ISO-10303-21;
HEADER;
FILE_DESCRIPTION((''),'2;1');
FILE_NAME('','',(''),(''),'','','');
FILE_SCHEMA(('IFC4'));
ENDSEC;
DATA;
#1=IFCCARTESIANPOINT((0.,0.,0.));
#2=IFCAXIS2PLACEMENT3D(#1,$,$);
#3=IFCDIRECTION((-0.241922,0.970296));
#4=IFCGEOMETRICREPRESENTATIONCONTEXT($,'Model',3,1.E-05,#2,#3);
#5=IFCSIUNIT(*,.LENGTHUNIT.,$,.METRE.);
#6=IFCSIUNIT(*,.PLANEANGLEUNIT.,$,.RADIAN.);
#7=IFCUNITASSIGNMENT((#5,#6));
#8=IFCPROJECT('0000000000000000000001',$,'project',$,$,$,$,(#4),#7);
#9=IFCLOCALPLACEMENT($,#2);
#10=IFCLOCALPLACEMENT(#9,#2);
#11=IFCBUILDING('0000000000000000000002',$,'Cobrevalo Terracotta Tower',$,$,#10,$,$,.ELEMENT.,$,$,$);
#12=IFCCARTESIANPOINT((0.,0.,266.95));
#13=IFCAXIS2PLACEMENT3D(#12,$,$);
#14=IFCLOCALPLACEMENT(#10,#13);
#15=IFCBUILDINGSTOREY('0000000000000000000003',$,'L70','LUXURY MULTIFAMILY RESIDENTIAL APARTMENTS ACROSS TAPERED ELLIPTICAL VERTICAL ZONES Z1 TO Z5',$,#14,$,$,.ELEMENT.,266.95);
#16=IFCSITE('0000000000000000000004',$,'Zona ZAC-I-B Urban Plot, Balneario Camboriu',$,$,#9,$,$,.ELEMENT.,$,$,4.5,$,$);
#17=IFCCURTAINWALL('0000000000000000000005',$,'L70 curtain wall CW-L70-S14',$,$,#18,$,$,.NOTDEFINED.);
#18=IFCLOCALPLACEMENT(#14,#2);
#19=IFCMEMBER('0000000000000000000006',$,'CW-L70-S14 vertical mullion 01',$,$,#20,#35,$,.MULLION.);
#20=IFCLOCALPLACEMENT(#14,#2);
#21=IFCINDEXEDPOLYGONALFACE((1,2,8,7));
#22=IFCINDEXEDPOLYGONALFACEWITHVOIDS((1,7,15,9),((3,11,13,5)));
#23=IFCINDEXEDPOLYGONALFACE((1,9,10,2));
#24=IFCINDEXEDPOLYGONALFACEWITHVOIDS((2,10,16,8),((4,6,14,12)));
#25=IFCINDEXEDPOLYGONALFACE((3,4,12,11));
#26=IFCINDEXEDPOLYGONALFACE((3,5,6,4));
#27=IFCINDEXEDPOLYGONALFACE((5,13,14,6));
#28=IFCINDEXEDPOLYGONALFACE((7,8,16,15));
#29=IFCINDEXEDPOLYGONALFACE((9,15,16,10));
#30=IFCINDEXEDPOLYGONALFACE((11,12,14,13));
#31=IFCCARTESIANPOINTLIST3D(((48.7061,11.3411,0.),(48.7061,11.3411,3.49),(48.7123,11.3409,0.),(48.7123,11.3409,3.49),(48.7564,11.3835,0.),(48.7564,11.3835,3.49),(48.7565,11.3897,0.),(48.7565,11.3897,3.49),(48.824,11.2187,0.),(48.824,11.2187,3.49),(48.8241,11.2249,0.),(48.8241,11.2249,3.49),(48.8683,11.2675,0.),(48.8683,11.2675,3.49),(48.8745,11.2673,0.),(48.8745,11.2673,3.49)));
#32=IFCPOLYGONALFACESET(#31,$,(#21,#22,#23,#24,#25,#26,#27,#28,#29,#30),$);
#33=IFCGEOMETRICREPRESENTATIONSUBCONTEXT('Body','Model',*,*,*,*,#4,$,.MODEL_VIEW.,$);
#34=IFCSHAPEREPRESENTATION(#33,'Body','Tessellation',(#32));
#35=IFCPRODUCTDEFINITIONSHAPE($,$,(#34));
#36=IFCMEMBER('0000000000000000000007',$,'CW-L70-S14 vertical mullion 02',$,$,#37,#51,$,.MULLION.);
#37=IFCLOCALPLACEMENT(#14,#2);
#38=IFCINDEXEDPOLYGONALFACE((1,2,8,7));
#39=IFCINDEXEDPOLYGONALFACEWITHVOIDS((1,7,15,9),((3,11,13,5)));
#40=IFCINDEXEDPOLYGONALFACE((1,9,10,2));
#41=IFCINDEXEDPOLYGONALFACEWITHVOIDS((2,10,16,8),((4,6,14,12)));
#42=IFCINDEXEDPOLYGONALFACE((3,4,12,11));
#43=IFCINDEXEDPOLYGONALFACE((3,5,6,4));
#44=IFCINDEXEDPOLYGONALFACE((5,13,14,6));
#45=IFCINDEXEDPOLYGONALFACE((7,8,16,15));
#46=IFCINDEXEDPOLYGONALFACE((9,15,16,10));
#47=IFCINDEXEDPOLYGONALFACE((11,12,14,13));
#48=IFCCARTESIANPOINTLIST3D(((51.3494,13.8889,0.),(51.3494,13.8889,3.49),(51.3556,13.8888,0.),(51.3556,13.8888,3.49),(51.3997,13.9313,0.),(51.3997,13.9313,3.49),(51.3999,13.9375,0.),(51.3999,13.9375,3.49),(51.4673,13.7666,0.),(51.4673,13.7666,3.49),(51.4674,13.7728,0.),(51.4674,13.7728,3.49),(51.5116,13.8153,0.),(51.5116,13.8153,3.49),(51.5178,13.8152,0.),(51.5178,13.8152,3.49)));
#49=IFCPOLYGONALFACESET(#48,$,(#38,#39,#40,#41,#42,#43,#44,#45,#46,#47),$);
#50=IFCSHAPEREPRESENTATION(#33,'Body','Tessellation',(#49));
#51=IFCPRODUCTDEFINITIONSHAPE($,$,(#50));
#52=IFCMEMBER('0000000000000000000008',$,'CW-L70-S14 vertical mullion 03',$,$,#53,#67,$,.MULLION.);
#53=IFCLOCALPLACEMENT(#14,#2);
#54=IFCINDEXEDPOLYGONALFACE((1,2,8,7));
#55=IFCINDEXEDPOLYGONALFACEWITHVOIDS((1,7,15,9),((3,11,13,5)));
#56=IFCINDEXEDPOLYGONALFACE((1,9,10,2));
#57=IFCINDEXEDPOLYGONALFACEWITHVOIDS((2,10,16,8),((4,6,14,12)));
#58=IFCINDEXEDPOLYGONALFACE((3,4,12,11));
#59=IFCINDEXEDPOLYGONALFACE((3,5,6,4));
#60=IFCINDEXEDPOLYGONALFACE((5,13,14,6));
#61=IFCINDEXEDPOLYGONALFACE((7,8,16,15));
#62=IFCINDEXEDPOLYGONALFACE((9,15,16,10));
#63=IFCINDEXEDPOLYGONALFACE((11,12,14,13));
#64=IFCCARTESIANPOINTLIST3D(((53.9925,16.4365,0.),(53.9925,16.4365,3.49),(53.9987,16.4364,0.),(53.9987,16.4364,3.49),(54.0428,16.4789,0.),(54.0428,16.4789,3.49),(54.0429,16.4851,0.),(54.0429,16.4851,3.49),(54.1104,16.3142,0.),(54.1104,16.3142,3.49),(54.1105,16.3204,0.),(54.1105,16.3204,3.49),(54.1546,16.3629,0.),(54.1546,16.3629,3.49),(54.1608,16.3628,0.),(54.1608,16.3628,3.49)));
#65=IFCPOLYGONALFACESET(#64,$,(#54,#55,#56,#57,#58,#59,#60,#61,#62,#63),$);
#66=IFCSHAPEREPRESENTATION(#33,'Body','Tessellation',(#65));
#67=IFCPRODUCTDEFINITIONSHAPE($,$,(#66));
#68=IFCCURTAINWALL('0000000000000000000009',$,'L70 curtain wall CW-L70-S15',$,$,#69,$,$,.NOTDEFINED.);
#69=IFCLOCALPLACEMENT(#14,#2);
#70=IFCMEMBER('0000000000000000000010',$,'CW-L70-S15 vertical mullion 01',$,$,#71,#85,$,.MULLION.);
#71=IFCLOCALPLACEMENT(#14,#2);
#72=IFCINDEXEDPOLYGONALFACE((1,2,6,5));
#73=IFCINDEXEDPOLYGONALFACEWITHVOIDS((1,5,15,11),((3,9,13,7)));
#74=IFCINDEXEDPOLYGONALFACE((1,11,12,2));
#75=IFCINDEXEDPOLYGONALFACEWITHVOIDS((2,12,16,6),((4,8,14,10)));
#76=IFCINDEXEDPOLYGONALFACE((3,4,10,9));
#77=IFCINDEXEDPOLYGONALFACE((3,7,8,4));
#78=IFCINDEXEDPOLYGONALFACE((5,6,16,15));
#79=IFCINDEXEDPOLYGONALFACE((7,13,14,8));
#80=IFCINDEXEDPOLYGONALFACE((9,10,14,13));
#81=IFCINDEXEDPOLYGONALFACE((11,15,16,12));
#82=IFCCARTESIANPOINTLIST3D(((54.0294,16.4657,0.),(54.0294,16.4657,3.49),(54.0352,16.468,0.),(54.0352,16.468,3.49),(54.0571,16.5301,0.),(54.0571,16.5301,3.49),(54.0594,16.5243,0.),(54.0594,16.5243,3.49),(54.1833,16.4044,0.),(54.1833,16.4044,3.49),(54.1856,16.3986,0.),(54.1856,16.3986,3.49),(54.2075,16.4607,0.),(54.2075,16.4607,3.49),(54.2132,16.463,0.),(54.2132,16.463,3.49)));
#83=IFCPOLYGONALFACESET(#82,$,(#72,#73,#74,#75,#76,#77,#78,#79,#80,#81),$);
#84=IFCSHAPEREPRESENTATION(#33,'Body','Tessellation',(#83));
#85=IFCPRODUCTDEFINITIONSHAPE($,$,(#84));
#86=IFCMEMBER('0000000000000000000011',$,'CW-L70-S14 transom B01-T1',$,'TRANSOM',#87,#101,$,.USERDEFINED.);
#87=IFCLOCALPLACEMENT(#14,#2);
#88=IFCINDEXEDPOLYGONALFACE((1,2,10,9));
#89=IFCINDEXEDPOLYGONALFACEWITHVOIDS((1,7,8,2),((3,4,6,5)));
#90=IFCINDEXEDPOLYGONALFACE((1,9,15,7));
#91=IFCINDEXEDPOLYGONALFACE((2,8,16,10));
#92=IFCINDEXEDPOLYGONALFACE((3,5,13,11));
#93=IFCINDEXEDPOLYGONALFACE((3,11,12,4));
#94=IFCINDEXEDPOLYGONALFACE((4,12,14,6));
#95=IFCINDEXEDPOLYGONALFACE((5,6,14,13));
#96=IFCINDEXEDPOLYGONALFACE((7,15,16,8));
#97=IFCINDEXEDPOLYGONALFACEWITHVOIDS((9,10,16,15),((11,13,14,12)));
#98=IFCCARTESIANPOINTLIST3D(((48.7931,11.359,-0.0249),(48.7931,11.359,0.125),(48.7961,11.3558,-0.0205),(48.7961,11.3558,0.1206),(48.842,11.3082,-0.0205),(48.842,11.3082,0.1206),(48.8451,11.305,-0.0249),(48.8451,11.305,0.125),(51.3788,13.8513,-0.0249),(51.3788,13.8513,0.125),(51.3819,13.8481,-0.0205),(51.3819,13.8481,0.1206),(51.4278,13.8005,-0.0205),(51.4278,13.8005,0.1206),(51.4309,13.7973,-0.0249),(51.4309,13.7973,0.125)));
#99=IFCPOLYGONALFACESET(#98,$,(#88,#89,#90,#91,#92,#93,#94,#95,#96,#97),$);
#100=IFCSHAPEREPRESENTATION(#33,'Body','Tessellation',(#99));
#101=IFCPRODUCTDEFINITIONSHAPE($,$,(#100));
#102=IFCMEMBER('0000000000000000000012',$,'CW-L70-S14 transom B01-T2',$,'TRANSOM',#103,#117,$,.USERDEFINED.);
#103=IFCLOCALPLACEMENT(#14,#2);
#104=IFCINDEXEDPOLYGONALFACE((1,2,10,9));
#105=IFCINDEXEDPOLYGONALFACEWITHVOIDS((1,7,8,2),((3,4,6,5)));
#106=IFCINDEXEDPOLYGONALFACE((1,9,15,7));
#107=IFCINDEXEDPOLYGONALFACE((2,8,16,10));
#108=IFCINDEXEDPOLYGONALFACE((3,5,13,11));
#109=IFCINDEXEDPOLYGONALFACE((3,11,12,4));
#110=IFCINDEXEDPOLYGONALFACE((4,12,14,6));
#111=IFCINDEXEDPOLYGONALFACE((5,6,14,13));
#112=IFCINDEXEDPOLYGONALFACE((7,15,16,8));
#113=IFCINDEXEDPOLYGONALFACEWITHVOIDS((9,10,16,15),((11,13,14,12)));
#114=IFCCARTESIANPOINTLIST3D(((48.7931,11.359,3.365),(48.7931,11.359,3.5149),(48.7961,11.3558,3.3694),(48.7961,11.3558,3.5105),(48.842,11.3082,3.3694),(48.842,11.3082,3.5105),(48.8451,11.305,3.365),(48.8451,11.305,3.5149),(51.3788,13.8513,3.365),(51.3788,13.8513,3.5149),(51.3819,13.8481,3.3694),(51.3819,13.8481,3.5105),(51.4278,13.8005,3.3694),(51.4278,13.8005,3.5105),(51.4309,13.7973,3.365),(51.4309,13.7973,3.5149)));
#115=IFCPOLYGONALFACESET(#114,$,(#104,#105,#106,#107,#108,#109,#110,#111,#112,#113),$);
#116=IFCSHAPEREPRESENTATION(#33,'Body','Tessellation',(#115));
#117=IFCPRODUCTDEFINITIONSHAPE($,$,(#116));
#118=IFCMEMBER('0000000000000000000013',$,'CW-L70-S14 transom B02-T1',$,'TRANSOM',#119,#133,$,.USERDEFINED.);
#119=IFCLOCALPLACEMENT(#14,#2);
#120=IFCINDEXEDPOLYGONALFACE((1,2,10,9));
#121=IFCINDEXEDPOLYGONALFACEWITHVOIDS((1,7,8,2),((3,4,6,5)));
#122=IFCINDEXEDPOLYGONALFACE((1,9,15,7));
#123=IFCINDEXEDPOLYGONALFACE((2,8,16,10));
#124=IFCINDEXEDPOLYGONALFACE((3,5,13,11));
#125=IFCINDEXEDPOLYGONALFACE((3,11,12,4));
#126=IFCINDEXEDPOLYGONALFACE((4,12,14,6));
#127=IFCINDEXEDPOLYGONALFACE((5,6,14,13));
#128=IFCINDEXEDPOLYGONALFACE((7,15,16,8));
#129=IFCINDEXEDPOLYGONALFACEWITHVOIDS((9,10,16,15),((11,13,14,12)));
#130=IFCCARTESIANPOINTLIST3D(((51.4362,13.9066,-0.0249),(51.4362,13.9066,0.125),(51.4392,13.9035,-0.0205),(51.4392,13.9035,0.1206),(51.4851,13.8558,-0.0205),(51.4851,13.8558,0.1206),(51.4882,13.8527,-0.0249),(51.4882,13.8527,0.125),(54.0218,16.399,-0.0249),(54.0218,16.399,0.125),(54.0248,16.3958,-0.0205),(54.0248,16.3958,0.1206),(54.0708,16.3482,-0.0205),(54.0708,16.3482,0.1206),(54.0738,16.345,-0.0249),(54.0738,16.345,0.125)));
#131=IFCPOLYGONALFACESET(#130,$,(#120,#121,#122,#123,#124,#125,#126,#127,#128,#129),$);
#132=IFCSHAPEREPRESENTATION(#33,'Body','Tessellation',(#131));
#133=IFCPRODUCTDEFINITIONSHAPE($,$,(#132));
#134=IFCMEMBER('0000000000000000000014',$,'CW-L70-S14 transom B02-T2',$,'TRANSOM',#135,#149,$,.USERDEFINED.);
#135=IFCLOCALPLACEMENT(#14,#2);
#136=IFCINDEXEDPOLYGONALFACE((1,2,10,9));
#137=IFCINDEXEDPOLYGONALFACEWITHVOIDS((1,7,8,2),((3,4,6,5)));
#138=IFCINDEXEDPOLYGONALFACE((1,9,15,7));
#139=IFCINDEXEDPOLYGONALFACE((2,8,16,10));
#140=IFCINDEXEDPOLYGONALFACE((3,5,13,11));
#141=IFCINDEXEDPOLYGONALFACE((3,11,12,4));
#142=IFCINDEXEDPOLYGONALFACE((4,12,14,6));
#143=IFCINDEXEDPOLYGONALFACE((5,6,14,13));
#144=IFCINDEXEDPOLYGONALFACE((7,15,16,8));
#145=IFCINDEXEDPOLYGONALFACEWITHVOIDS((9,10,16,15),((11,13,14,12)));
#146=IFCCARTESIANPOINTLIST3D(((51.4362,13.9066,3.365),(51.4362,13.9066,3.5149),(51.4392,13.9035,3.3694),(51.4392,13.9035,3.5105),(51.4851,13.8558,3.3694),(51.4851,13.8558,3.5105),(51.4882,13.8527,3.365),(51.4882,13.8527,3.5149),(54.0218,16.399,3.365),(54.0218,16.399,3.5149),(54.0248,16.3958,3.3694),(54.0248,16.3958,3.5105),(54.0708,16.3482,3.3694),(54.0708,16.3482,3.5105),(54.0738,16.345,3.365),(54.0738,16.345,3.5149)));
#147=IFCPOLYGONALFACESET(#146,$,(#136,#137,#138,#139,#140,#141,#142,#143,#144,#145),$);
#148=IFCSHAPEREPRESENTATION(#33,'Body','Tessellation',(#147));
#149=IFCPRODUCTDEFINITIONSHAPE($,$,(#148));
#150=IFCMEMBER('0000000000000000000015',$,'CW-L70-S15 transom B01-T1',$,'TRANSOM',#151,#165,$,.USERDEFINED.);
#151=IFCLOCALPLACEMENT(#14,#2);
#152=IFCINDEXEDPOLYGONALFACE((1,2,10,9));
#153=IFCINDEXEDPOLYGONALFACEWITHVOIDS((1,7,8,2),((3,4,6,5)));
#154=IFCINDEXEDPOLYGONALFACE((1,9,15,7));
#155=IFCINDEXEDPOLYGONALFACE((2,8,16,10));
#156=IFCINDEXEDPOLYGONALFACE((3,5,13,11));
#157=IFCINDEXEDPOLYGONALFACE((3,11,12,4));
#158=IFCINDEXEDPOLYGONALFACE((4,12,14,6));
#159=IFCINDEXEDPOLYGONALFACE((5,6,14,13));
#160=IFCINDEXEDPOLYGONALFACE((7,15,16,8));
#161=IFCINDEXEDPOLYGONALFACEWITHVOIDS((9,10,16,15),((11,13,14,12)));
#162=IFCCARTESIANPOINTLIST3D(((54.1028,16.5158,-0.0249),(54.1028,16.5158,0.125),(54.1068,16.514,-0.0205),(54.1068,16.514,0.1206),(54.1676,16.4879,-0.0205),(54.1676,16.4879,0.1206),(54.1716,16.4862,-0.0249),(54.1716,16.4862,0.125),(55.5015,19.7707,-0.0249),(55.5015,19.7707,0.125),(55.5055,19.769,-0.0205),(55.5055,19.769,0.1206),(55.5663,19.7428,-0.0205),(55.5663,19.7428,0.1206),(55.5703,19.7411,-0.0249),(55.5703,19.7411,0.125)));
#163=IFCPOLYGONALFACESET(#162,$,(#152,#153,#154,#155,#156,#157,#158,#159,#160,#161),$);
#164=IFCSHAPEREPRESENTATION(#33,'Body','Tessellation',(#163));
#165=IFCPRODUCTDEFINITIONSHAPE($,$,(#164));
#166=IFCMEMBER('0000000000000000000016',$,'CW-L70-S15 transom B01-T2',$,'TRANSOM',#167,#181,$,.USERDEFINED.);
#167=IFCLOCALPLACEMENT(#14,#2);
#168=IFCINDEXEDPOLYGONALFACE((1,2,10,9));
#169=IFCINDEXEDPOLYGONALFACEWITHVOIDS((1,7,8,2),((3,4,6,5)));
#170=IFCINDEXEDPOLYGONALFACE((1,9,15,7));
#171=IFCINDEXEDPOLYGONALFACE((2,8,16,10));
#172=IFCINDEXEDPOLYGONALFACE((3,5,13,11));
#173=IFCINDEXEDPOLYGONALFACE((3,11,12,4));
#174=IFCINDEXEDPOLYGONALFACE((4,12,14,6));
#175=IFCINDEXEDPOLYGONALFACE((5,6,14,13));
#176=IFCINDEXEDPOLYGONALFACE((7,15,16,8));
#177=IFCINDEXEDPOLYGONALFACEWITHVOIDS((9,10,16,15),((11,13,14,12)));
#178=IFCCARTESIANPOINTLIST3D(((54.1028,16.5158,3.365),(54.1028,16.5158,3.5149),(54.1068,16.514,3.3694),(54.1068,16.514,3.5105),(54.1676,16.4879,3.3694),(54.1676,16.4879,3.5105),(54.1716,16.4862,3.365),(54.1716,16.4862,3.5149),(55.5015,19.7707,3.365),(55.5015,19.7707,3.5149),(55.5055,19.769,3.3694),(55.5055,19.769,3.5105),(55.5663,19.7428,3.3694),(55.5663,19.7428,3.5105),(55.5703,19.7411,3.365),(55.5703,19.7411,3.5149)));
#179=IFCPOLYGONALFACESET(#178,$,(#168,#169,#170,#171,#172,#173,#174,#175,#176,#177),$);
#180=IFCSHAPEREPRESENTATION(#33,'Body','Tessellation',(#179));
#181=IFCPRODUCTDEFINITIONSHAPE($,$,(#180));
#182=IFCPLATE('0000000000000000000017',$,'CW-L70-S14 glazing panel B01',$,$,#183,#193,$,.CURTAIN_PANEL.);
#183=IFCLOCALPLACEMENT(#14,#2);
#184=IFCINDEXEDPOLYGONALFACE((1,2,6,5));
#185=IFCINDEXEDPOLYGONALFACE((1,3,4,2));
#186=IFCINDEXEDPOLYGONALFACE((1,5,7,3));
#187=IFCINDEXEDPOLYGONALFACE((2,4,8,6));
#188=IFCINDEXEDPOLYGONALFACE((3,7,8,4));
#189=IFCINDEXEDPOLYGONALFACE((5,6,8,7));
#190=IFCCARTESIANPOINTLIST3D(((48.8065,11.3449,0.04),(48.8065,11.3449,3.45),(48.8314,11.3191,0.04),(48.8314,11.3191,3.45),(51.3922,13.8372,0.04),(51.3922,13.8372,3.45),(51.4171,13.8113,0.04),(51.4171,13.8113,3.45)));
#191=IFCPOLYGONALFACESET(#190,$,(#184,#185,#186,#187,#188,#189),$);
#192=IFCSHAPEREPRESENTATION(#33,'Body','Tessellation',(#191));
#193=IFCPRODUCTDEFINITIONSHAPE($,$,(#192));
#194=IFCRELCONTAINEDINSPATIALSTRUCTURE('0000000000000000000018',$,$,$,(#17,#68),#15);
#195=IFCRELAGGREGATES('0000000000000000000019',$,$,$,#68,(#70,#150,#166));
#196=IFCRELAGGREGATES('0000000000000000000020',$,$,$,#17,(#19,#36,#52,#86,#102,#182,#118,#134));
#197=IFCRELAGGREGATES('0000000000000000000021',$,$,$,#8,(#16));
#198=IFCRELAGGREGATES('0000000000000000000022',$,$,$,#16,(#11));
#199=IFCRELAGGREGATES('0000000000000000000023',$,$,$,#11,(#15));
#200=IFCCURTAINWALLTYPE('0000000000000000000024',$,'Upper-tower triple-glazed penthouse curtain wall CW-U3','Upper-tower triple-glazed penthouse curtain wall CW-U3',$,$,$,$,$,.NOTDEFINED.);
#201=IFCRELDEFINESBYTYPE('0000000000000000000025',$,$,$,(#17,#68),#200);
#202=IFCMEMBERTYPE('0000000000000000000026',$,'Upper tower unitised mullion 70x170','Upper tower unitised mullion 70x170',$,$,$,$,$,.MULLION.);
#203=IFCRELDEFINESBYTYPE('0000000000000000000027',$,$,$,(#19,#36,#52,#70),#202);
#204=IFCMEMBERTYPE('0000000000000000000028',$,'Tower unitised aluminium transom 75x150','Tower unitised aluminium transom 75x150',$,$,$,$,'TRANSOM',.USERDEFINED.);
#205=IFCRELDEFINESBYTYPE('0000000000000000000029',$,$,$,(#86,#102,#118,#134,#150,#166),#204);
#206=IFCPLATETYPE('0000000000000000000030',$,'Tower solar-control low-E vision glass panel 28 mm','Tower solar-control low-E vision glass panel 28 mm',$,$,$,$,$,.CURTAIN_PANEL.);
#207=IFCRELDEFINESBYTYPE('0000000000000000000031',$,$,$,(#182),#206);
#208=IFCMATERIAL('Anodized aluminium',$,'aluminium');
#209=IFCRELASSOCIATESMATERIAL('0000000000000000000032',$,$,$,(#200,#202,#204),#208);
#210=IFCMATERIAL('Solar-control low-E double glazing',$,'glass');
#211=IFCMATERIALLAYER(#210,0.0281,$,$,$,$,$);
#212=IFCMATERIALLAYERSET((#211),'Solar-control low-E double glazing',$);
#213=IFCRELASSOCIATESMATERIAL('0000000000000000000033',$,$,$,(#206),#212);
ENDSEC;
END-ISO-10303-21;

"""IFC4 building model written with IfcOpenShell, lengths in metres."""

from ifc_helpers import new_model, si_unit, direction, frame, origin, origin_2d, place, context, subcontext, project, spatial, rectangle, hollow_rectangle, extrude, source, transform, mapped, material, layer, layer_set, material_profile, profile_set, type_object, element, aggregate, save


model = new_model("IFC4")

# Units and contexts
model_context = context("Model", 3, precision=1e-05, world=origin(), true_north=direction((-0.241922, 0.970296)))
body_context = subcontext(model_context, "Body", "Model", "MODEL_VIEW")
ifc_project = project(units=[si_unit("LENGTHUNIT", "METRE"), si_unit("PLANEANGLEUNIT", "RADIAN")], contexts=[model_context])

# Site, building, storey
site_placement = place(None, origin())
site = spatial("IfcSite", under=ifc_project, at=site_placement, Name="Zona ZAC-I-B Urban Plot, Balneario Camboriu", CompositionType="ELEMENT", RefElevation=4.5)
building_placement = place(site_placement, origin())
building = spatial("IfcBuilding", under=site, at=building_placement, Name="Cobrevalo Terracotta Tower", CompositionType="ELEMENT")
storey_placement = place(building_placement, frame((0.0, 0.0, 266.95)))
storey = spatial("IfcBuildingStorey", under=building, at=storey_placement, Name="L70", Description="LUXURY MULTIFAMILY RESIDENTIAL APARTMENTS ACROSS TAPERED ELLIPTICAL VERTICAL ZONES Z1 TO Z5", CompositionType="ELEMENT", Elevation=266.95)

# Shared definitions
ifc_material_1 = material(Name="Anodized aluminium", Category="aluminium")
curtain_wall_type = type_object("IfcCurtainWallType", Name="Upper-tower triple-glazed penthouse curtain wall CW-U3", Description="Upper-tower triple-glazed penthouse curtain wall CW-U3", PredefinedType="NOTDEFINED", material=ifc_material_1)
ifc_material_profile_1 = material_profile(ifc_material_1, hollow_rectangle(XDim=0.0701, YDim=0.1699, WallThickness=0.0044, at=origin_2d()), Name="CWM 70x170")
ifc_profile_set_1 = profile_set([ifc_material_profile_1], Name="Anodized aluminium")
member_type_1 = type_object("IfcMemberType", Name="Upper tower unitised mullion 70x170", Description="Upper tower unitised mullion 70x170", PredefinedType="MULLION", material=ifc_profile_set_1)
shared_shape_1 = source(origin(), body_context, "Body", "SweptSolid", [
    extrude(hollow_rectangle(XDim=0.0701, YDim=0.1699, WallThickness=0.0044, at=origin_2d()), origin(), (0.0, 0.0, 1.0), 3.49),
])

# Curtain wall, members
curtain_wall_1_placement = place(storey_placement, origin())
curtain_wall_1 = element("IfcCurtainWall", 1, at=curtain_wall_1_placement, inside=storey, type_object=curtain_wall_type, Name="L70 curtain wall CW-L70-S14", PredefinedType="NOTDEFINED")
member_1_placement = place(storey_placement, frame((48.7903, 11.3042, 0.0), z_axis=(0.0, 0.0, 1.0), x_axis=(0.719994, 0.69398, 0.0)))
member_1 = element("IfcMember", 2, at=member_1_placement, type_object=member_type_1, Name="CW-L70-S14 vertical mullion 01", PredefinedType="MULLION", context=body_context, shape_type="MappedRepresentation", body=[
    mapped(shared_shape_1, transform((0.0, 0.0, 0.0), scale=1.0)),
])
member_2_placement = place(storey_placement, frame((51.4336, 13.8521, 0.0), z_axis=(0.0, 0.0, 1.0), x_axis=(0.719994, 0.69398, 0.0)))
member_2 = element("IfcMember", 3, at=member_2_placement, type_object=member_type_1, Name="CW-L70-S14 vertical mullion 02", PredefinedType="MULLION", context=body_context, shape_type="MappedRepresentation", body=[
    mapped(shared_shape_1, transform((0.0, 0.0, 0.0), scale=1.0)),
])
member_3_placement = place(storey_placement, frame((54.0767, 16.3997, 0.0), z_axis=(0.0, 0.0, 1.0), x_axis=(0.719994, 0.69398, 0.0)))
member_3 = element("IfcMember", 4, at=member_3_placement, type_object=member_type_1, Name="CW-L70-S14 vertical mullion 03", PredefinedType="MULLION", context=body_context, shape_type="MappedRepresentation", body=[
    mapped(shared_shape_1, transform((0.0, 0.0, 0.0), scale=1.0)),
])

# Curtain wall, member
curtain_wall_2_placement = place(storey_placement, origin())
curtain_wall_2 = element("IfcCurtainWall", 5, at=curtain_wall_2_placement, inside=storey, type_object=curtain_wall_type, Name="L70 curtain wall CW-L70-S15", PredefinedType="NOTDEFINED")
member_4_placement = place(storey_placement, frame((54.1213, 16.4644, 0.0), z_axis=(0.0, 0.0, 1.0), x_axis=(0.394824, 0.918757, 0.0)))
member_4 = element("IfcMember", 6, at=member_4_placement, type_object=member_type_1, Name="CW-L70-S15 vertical mullion 01", PredefinedType="MULLION", context=body_context, shape_type="MappedRepresentation", body=[
    mapped(shared_shape_1, transform((0.0, 0.0, 0.0), scale=1.0)),
])

# Members
ifc_material_profile_2 = material_profile(ifc_material_1, hollow_rectangle(XDim=0.075, YDim=0.1499, WallThickness=0.0044, at=origin_2d()), Name="CWT 75x150")
ifc_profile_set_2 = profile_set([ifc_material_profile_2], Name="Anodized aluminium")
member_type_2 = type_object("IfcMemberType", Name="Tower unitised aluminium transom 75x150", Description="Tower unitised aluminium transom 75x150", ElementType="TRANSOM", PredefinedType="USERDEFINED", material=ifc_profile_set_2)
shared_shape_2 = source(origin(), body_context, "Body", "SweptSolid", [
    extrude(hollow_rectangle(XDim=0.075, YDim=0.1499, WallThickness=0.0044, at=origin_2d()), origin(), (0.0, 0.0, 1.0), 3.5913),
])
member_5_placement = place(storey_placement, frame((48.8191, 11.332, 0.05), z_axis=(0.720006, 0.693968, 0.0), x_axis=(-0.693968, 0.720006, 0.0)))
member_5 = element("IfcMember", 7, at=member_5_placement, type_object=member_type_2, Name="CW-L70-S14 transom B01-T1", ObjectType="TRANSOM", PredefinedType="USERDEFINED", context=body_context, shape_type="MappedRepresentation", body=[
    mapped(shared_shape_2, transform((0.0, 0.0, 0.0), scale=1.0)),
])
member_6_placement = place(storey_placement, frame((48.8191, 11.332, 3.4399), z_axis=(0.720006, 0.693968, 0.0), x_axis=(-0.693968, 0.720006, 0.0)))
member_6 = element("IfcMember", 8, at=member_6_placement, type_object=member_type_2, Name="CW-L70-S14 transom B01-T2", ObjectType="TRANSOM", PredefinedType="USERDEFINED", context=body_context, shape_type="MappedRepresentation", body=[
    mapped(shared_shape_2, transform((0.0, 0.0, 0.0), scale=1.0)),
])
member_7_placement = place(storey_placement, frame((51.4622, 13.8796, 0.05), z_axis=(0.719972, 0.694003, 0.0), x_axis=(-0.694003, 0.719972, 0.0)))
member_7 = element("IfcMember", 9, at=member_7_placement, type_object=member_type_2, Name="CW-L70-S14 transom B02-T1", ObjectType="TRANSOM", PredefinedType="USERDEFINED", context=body_context, shape_type="MappedRepresentation", body=[
    mapped(shared_shape_2, transform((0.0, 0.0, 0.0), scale=1.0)),
])
member_8_placement = place(storey_placement, frame((51.4622, 13.8796, 3.4399), z_axis=(0.719972, 0.694003, 0.0), x_axis=(-0.694003, 0.719972, 0.0)))
member_8 = element("IfcMember", 10, at=member_8_placement, type_object=member_type_2, Name="CW-L70-S14 transom B02-T2", ObjectType="TRANSOM", PredefinedType="USERDEFINED", context=body_context, shape_type="MappedRepresentation", body=[
    mapped(shared_shape_2, transform((0.0, 0.0, 0.0), scale=1.0)),
])
shared_shape_3 = source(origin(), body_context, "Body", "SweptSolid", [
    extrude(hollow_rectangle(XDim=0.075, YDim=0.1499, WallThickness=0.0044, at=origin_2d()), origin(), (0.0, 0.0, 1.0), 3.5427),
])
member_9_placement = place(storey_placement, frame((54.1372, 16.501, 0.05), z_axis=(0.394809, 0.918763, 0.0), x_axis=(-0.918763, 0.394809, 0.0)))
member_9 = element("IfcMember", 11, at=member_9_placement, type_object=member_type_2, Name="CW-L70-S15 transom B01-T1", ObjectType="TRANSOM", PredefinedType="USERDEFINED", context=body_context, shape_type="MappedRepresentation", body=[
    mapped(shared_shape_3, transform((0.0, 0.0, 0.0), scale=1.0)),
])
member_10_placement = place(storey_placement, frame((54.1372, 16.501, 3.4399), z_axis=(0.394809, 0.918763, 0.0), x_axis=(-0.918763, 0.394809, 0.0)))
member_10 = element("IfcMember", 12, at=member_10_placement, type_object=member_type_2, Name="CW-L70-S15 transom B01-T2", ObjectType="TRANSOM", PredefinedType="USERDEFINED", context=body_context, shape_type="MappedRepresentation", body=[
    mapped(shared_shape_3, transform((0.0, 0.0, 0.0), scale=1.0)),
])
aggregate(curtain_wall_2, [member_4, member_9, member_10])

# Plate
ifc_material_2 = material(Name="Solar-control low-E double glazing", Category="glass")
ifc_layer_1 = layer(ifc_material_2, 0.0281)
ifc_layer_set_1 = layer_set([ifc_layer_1], Name="Solar-control low-E double glazing")
plate_type = type_object("IfcPlateType", Name="Tower solar-control low-E vision glass panel 28 mm", Description="Tower solar-control low-E vision glass panel 28 mm", PredefinedType="CURTAIN_PANEL", material=ifc_layer_set_1)
shared_shape_4 = source(origin(), body_context, "Body", "SweptSolid", [
    extrude(rectangle(XDim=3.5913, YDim=0.0359, at=origin_2d()), origin(), (0.0, 0.0, 1.0), 3.4099),
])
plate_1_placement = place(storey_placement, frame((50.1118, 12.5781, 0.04), z_axis=(0.0, 0.0, 1.0), x_axis=(0.719997, 0.693978, 0.0)))
plate_1 = element("IfcPlate", 13, at=plate_1_placement, type_object=plate_type, Name="CW-L70-S14 glazing panel B01", PredefinedType="CURTAIN_PANEL", context=body_context, shape_type="MappedRepresentation", body=[
    mapped(shared_shape_4, transform((0.0, 0.0, 0.0), scale=1.0)),
])
aggregate(curtain_wall_1, [member_1, member_2, member_3, member_5, member_6, plate_1, member_7, member_8])

save(model, "model.ifc")
